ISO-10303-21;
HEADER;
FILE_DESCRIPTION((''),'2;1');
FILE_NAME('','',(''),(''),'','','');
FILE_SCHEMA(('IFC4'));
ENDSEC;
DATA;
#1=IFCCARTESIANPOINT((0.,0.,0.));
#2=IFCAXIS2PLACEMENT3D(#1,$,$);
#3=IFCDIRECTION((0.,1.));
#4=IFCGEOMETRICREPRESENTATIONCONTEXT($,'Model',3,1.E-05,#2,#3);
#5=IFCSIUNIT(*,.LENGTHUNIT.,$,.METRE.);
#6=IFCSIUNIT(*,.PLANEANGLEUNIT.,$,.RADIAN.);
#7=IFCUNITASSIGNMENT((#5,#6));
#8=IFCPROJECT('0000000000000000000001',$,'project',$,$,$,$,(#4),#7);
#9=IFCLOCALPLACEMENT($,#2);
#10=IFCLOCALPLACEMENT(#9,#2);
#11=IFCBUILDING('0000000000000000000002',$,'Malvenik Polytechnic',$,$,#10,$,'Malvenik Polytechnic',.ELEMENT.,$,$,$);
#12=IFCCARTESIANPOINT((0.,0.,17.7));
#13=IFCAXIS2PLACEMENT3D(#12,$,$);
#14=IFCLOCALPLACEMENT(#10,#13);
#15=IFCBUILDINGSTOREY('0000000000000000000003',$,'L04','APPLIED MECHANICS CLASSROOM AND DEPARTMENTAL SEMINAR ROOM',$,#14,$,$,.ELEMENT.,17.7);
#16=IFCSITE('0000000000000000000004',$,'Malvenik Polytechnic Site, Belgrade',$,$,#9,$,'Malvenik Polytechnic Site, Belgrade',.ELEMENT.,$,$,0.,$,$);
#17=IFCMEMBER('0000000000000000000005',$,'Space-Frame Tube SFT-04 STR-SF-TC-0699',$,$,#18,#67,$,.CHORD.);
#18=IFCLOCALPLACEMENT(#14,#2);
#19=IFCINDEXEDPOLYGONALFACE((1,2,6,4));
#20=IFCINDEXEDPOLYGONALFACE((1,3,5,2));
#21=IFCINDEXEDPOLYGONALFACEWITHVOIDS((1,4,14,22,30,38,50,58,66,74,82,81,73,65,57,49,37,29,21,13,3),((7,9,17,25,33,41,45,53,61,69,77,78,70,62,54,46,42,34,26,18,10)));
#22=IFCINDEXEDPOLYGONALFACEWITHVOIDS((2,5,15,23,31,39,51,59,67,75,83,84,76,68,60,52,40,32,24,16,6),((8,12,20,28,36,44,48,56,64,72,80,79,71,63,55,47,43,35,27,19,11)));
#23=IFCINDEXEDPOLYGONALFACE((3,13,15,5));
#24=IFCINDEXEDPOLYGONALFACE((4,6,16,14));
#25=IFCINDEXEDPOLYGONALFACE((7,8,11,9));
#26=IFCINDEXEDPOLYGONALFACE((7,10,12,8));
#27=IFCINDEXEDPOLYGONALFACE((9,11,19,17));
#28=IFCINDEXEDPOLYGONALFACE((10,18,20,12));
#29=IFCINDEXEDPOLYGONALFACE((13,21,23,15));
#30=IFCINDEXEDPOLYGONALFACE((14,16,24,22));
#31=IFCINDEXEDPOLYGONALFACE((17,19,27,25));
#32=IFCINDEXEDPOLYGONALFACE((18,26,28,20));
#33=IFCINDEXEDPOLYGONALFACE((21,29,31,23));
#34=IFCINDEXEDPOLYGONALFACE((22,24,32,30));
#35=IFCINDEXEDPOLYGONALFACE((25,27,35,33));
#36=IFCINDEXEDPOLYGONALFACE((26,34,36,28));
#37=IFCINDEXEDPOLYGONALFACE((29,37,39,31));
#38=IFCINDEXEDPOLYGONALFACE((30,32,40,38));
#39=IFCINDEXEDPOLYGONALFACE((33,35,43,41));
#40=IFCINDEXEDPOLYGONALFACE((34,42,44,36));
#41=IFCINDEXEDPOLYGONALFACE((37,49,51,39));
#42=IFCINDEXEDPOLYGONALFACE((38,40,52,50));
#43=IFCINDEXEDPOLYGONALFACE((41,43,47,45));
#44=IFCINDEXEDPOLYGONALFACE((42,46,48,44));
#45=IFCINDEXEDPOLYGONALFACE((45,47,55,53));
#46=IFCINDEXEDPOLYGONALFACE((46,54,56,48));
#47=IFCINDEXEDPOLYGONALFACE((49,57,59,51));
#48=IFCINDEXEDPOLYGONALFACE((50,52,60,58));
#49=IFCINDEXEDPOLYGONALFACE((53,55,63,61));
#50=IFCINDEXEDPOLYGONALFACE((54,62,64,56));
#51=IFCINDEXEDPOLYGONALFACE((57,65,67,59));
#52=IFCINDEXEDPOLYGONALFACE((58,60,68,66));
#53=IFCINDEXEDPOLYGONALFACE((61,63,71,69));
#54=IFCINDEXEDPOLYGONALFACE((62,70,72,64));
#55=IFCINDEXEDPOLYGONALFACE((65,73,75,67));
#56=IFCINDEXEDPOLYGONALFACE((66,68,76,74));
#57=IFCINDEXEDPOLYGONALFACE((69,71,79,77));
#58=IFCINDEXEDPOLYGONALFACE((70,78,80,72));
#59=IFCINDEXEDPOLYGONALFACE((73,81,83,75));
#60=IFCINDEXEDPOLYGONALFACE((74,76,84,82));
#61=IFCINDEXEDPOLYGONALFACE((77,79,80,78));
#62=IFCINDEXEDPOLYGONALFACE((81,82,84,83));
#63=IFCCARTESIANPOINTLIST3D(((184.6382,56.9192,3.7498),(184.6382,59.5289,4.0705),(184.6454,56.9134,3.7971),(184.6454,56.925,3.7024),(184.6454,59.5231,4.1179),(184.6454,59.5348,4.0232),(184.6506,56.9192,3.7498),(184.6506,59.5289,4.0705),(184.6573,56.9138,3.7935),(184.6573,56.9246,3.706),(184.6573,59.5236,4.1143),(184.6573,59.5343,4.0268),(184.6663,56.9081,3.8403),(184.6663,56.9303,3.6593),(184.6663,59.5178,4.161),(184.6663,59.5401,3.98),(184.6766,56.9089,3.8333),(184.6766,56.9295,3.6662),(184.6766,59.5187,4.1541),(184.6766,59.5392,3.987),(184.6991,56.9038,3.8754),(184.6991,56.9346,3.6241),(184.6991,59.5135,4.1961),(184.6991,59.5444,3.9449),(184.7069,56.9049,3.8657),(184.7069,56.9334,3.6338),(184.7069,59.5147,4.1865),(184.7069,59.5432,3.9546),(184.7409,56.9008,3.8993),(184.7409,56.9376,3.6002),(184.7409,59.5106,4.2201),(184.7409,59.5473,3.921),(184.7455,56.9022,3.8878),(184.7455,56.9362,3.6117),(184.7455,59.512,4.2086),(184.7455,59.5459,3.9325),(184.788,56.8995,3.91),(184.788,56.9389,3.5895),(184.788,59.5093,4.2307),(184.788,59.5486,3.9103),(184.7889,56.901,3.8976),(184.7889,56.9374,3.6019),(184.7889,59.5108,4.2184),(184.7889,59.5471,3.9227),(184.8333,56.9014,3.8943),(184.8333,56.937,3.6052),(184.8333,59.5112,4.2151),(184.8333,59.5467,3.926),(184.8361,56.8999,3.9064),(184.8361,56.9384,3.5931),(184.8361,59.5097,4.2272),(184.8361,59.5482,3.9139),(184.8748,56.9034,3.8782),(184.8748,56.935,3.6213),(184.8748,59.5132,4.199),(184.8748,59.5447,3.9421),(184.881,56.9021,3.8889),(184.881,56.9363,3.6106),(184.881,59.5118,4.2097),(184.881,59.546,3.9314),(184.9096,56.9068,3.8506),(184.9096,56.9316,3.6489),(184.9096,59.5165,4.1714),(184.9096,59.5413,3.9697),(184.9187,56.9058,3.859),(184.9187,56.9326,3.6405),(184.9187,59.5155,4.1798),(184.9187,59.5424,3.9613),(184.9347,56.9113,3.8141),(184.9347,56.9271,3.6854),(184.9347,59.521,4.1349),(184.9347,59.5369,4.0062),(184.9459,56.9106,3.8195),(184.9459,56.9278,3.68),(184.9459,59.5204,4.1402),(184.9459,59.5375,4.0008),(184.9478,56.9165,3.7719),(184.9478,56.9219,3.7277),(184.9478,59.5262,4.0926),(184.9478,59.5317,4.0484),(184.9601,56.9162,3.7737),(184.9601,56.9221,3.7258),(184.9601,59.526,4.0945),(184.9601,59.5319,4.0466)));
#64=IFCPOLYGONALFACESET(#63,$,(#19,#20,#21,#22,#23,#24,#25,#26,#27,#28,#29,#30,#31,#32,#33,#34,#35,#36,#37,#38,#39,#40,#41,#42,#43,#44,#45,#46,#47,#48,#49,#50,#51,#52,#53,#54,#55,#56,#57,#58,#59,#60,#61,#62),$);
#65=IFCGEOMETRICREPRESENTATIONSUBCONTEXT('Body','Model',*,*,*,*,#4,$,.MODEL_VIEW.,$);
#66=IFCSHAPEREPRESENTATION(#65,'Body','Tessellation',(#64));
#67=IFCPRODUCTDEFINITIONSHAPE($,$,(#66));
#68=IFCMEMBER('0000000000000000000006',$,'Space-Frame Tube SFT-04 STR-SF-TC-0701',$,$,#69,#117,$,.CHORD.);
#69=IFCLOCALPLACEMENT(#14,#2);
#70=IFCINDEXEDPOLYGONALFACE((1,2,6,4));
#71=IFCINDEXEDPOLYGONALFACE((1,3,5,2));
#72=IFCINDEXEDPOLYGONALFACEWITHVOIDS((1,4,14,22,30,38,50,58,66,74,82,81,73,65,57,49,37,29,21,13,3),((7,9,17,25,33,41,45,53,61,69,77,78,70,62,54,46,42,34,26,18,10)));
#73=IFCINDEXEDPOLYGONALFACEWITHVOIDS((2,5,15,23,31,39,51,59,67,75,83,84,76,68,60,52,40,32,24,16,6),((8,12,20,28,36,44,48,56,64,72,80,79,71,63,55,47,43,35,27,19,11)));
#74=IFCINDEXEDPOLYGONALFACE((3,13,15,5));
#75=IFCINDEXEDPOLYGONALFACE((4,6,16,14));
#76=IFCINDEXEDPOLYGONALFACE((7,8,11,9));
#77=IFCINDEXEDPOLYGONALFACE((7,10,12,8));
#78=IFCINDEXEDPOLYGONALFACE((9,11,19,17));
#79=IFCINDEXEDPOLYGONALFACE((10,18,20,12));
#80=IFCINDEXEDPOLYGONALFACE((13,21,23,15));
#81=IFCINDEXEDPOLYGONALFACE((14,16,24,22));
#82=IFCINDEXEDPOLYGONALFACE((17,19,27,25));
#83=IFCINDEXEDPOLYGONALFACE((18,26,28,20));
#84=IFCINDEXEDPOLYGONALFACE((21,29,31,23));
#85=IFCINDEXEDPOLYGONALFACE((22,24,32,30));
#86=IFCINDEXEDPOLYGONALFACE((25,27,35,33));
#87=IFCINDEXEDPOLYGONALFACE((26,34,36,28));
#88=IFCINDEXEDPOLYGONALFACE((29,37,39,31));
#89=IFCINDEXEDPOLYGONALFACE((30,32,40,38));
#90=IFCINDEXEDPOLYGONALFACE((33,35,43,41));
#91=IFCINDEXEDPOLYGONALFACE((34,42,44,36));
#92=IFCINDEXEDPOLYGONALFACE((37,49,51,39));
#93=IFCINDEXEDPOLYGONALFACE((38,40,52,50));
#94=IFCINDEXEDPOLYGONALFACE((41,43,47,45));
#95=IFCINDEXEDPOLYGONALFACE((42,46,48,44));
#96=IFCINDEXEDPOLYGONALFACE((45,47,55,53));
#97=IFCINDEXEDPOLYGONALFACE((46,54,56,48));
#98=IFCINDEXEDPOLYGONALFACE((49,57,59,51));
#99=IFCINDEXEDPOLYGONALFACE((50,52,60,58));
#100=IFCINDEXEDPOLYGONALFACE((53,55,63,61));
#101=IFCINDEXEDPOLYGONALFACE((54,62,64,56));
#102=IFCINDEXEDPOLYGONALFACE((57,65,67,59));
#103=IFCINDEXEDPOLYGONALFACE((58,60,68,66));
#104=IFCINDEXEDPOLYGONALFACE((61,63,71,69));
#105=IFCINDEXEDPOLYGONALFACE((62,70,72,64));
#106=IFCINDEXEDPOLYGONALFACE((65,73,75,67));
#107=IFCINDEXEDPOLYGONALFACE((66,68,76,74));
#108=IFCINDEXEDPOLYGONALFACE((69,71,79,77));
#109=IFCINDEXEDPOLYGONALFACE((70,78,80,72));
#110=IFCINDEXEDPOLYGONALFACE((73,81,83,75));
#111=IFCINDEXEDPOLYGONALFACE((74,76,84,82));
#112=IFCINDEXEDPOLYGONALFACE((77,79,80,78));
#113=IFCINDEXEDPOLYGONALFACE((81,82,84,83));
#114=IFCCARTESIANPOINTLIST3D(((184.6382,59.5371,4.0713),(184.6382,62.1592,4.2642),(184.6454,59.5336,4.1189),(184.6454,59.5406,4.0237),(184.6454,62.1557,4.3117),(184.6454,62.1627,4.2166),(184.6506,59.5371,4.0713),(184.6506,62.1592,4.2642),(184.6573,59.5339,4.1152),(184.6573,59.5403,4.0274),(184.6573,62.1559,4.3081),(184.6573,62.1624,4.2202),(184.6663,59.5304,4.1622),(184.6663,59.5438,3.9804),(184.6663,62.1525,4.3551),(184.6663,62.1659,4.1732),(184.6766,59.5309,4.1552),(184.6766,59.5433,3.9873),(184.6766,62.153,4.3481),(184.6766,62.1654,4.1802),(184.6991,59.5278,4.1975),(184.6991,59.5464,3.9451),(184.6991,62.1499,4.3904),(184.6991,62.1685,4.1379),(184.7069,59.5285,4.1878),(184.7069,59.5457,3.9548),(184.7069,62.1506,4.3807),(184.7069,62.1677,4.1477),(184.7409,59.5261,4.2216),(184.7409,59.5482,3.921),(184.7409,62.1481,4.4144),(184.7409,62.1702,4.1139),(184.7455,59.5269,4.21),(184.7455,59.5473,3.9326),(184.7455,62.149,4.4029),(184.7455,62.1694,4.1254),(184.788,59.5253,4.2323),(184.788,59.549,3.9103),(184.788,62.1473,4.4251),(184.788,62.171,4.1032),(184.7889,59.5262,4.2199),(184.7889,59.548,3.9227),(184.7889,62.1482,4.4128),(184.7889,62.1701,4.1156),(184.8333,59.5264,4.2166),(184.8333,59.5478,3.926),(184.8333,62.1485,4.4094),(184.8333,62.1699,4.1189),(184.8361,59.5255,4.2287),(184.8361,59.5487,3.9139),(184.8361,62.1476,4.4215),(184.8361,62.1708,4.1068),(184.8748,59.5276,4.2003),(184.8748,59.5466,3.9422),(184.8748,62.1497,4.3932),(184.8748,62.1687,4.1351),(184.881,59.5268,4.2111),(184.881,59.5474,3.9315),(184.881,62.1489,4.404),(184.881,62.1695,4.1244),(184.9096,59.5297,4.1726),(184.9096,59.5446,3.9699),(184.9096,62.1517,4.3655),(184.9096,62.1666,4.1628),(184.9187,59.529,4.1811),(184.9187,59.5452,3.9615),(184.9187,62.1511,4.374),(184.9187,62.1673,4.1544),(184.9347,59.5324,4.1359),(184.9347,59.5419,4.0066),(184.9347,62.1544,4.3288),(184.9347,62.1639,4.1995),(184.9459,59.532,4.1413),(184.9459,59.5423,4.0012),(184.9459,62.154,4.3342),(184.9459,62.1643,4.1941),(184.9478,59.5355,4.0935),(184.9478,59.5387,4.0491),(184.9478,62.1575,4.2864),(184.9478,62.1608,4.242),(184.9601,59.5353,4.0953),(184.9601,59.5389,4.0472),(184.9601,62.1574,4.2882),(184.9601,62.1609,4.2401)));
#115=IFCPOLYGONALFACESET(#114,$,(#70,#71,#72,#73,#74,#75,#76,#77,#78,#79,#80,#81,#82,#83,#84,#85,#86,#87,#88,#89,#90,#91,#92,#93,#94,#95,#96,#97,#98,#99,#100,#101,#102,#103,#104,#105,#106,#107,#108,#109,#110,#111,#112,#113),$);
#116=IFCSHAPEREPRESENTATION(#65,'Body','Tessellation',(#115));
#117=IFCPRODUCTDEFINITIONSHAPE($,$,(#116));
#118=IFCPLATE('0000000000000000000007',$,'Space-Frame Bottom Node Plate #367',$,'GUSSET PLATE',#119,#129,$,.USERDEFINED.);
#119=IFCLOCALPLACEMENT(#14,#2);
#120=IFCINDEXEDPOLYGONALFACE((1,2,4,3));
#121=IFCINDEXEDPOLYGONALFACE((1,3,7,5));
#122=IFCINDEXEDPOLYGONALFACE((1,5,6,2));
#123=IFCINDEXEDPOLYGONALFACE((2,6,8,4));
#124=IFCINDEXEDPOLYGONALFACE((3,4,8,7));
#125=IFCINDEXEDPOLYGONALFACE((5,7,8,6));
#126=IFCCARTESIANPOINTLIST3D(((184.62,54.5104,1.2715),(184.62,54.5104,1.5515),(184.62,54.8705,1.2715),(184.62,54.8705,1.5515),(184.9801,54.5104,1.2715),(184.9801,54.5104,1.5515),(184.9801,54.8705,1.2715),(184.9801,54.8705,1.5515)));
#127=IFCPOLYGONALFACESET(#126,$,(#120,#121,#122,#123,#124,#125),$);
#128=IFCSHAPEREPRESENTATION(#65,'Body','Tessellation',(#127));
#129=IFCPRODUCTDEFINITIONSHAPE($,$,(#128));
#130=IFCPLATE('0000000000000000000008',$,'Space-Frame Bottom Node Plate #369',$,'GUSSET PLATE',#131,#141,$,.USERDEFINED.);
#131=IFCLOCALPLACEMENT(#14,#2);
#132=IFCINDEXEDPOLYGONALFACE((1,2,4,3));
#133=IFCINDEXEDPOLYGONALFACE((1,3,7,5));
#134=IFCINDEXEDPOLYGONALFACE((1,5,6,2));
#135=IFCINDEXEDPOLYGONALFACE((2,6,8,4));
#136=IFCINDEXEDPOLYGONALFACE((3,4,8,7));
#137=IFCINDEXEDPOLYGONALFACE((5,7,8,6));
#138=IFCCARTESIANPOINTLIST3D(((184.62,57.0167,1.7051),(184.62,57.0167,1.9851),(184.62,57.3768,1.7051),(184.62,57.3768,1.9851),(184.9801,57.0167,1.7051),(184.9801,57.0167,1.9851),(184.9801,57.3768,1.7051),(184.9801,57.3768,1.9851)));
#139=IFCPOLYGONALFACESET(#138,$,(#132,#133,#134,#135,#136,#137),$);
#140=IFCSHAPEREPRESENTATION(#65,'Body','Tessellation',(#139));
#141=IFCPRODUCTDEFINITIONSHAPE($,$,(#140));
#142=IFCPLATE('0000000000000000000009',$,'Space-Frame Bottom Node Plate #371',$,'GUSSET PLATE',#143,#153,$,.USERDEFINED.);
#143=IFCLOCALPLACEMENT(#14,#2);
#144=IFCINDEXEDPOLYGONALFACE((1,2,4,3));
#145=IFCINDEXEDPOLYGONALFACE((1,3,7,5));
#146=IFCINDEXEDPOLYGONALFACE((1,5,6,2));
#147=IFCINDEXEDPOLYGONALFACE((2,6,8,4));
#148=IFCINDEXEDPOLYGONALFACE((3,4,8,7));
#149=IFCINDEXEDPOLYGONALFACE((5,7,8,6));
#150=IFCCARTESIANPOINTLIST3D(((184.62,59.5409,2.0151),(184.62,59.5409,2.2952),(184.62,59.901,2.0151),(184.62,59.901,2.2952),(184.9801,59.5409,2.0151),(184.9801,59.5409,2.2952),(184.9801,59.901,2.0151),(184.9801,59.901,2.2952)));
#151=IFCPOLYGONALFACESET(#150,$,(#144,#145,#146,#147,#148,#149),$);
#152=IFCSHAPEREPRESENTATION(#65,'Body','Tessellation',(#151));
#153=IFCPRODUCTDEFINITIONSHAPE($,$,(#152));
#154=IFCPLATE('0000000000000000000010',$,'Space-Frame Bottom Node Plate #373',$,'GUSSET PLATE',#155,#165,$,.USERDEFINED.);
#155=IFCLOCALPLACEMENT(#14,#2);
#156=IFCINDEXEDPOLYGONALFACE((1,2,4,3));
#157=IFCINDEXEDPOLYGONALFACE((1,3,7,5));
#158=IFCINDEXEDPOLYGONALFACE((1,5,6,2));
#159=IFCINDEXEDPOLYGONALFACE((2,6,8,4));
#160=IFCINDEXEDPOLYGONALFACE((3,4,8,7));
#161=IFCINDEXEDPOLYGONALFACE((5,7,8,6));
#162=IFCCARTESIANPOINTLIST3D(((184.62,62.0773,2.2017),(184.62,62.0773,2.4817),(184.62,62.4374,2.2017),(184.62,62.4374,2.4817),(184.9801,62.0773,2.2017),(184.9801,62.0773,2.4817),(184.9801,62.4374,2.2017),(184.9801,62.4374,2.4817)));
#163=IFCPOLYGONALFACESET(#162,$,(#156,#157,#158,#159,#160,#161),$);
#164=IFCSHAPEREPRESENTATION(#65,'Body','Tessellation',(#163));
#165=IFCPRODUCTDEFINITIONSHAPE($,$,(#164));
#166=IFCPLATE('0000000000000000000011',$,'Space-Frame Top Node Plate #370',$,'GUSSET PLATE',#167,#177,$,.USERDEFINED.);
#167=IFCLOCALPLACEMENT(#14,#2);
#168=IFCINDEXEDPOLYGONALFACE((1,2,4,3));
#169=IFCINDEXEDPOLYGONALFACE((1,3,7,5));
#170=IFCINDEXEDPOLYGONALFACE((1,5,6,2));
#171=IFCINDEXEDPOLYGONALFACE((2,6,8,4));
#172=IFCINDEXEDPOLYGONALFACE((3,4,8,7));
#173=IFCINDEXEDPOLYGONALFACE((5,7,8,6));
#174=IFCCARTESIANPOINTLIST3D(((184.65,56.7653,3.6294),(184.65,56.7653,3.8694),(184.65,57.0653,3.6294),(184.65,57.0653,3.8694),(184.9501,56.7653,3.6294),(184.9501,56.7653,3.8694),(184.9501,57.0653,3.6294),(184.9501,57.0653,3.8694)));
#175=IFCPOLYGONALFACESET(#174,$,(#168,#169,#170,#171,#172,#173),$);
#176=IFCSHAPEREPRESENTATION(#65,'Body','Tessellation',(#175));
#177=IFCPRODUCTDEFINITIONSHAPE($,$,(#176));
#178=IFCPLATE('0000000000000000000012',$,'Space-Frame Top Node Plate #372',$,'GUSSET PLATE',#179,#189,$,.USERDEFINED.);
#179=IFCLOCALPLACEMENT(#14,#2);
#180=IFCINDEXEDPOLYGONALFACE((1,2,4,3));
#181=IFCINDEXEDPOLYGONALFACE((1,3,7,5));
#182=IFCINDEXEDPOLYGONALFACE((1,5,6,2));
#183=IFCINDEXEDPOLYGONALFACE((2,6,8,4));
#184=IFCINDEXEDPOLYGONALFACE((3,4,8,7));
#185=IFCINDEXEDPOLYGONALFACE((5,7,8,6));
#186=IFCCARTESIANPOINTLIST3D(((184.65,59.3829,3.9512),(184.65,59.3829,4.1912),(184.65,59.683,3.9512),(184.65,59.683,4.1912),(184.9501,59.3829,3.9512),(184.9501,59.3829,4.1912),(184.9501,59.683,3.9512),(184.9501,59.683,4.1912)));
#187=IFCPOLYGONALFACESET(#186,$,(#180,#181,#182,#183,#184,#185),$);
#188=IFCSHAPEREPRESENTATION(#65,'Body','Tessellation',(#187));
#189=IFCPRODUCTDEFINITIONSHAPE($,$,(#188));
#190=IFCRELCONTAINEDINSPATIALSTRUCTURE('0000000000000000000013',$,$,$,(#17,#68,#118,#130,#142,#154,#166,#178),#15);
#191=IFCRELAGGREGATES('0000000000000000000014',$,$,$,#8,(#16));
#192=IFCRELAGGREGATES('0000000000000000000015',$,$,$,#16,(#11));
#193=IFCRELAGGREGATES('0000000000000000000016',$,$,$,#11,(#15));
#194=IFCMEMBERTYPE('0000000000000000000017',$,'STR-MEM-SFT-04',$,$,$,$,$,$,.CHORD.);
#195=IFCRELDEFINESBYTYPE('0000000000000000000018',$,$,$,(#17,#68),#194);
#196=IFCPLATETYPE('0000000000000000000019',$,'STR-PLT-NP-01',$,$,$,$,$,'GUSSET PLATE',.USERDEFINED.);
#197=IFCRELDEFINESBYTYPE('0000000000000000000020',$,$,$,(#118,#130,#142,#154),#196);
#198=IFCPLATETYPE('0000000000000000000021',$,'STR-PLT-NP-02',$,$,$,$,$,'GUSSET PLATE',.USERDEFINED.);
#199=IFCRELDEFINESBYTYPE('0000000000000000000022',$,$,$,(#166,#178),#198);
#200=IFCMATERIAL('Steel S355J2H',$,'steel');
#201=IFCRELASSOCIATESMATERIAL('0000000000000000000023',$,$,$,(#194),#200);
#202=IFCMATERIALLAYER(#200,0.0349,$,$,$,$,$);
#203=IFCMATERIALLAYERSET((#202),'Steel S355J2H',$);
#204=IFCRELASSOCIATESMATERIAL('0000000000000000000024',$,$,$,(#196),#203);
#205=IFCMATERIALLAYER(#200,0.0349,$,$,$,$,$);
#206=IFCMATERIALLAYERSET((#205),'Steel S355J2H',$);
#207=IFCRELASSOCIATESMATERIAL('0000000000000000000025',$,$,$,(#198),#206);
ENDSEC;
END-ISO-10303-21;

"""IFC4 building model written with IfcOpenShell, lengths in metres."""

from ifc_helpers import new_model, si_unit, direction, frame, origin, origin_2d, place, context, subcontext, project, spatial, rectangle, hollow_circle, extrude, material, layer, layer_set, material_profile, profile_set, type_object, element, save


model = new_model("IFC4")

# Units and contexts
model_context = context("Model", 3, precision=1e-05, world=origin(), true_north=direction((0.0, 1.0)))
body_context = subcontext(model_context, "Body", "Model", "MODEL_VIEW")
ifc_project = project(units=[si_unit("LENGTHUNIT", "METRE"), si_unit("PLANEANGLEUNIT", "RADIAN")], contexts=[model_context])

# Site, building, storey
site_placement = place(None, origin())
site = spatial("IfcSite", under=ifc_project, at=site_placement, Name="Malvenik Polytechnic Site, Belgrade", LongName="Malvenik Polytechnic Site, Belgrade", CompositionType="ELEMENT", RefElevation=0.0)
building_placement = place(site_placement, origin())
building = spatial("IfcBuilding", under=site, at=building_placement, Name="Malvenik Polytechnic", LongName="Malvenik Polytechnic", CompositionType="ELEMENT")
storey_placement = place(building_placement, frame((0.0, 0.0, 17.7)))
storey = spatial("IfcBuildingStorey", under=building, at=storey_placement, Name="L04", Description="APPLIED MECHANICS CLASSROOM AND DEPARTMENTAL SEMINAR ROOM", CompositionType="ELEMENT", Elevation=17.7)

# Members
ifc_material_1 = material(Name="Steel S355J2H", Category="steel")
ifc_material_profile_1 = material_profile(ifc_material_1, hollow_circle(Radius=0.1619, WallThickness=0.0125, at=origin_2d()), Name="CHS 323.9x12.5")
ifc_profile_set_1 = profile_set([ifc_material_profile_1], Name="Steel S355J2H")
member_type_1 = type_object("IfcMemberType", Name="STR-MEM-SFT-04", PredefinedType="CHORD", material=ifc_profile_set_1)
member_1_placement = place(storey_placement, frame((184.8, 56.9192, 3.7498), z_axis=(0.0, 0.99253, 0.122), x_axis=(-1.0, 0.0, 0.0)))
element("IfcMember", 1, at=member_1_placement, inside=storey, type_object=member_type_1, Name="Space-Frame Tube SFT-04 STR-SF-TC-0699", PredefinedType="CHORD", context=body_context, shape_type="SweptSolid", body=[
    extrude(hollow_circle(Radius=0.1619, WallThickness=0.0125, at=origin_2d()), origin(), (0.0, 0.0, 1.0), 2.6294),
])
member_2_placement = place(storey_placement, frame((184.8, 59.5371, 4.0713), z_axis=(0.0, 0.997306, 0.073359), x_axis=(-1.0, 0.0, 0.0)))
element("IfcMember", 2, at=member_2_placement, inside=storey, type_object=member_type_1, Name="Space-Frame Tube SFT-04 STR-SF-TC-0701", PredefinedType="CHORD", context=body_context, shape_type="SweptSolid", body=[
    extrude(hollow_circle(Radius=0.1619, WallThickness=0.0125, at=origin_2d()), origin(), (0.0, 0.0, 1.0), 2.6292),
])

# Plates
ifc_layer_1 = layer(ifc_material_1, 0.0349)
ifc_layer_set_1 = layer_set([ifc_layer_1], Name="Steel S355J2H")
plate_type_1 = type_object("IfcPlateType", Name="STR-PLT-NP-01", ElementType="GUSSET PLATE", PredefinedType="USERDEFINED", material=ifc_layer_set_1)
for number, where, z_axis, x_axis, name in (
    (3, (184.8, 54.6904, 1.2715), (0.0, 0.0, 1.0), (1.0, 0.0, 0.0), "Space-Frame Bottom Node Plate #367"),
    (4, (184.8, 57.1968, 1.7051), (0.0, 0.0, 1.0), (1.0, 0.0, 0.0), "Space-Frame Bottom Node Plate #369"),
    (5, (184.8, 59.7209, 2.0151), (0.0, 0.0, 1.0), (1.0, 0.0, 0.0), "Space-Frame Bottom Node Plate #371"),
    (6, (184.8, 62.2573, 2.2017), (0.0, 0.0, 1.0), (1.0, 0.0, 0.0), "Space-Frame Bottom Node Plate #373"),
):
    element("IfcPlate", number, at=place(storey_placement, frame(where, z_axis=z_axis, x_axis=x_axis)), inside=storey, type_object=plate_type_1, Name=name, ObjectType="GUSSET PLATE", PredefinedType="USERDEFINED", context=body_context, shape_type="SweptSolid", body=[
        extrude(rectangle(XDim=0.3601, YDim=0.3601, at=origin_2d()), origin(), (0.0, 0.0, 1.0), 0.28),
    ])
ifc_layer_2 = layer(ifc_material_1, 0.0349)
ifc_layer_set_2 = layer_set([ifc_layer_2], Name="Steel S355J2H")
plate_type_2 = type_object("IfcPlateType", Name="STR-PLT-NP-02", ElementType="GUSSET PLATE", PredefinedType="USERDEFINED", material=ifc_layer_set_2)
for number, where, z_axis, x_axis, name in (
    (7, (184.8, 56.9153, 3.6294), (0.0, 0.0, 1.0), (1.0, 0.0, 0.0), "Space-Frame Top Node Plate #370"),
    (8, (184.8, 59.533, 3.9512), (0.0, 0.0, 1.0), (1.0, 0.0, 0.0), "Space-Frame Top Node Plate #372"),
):
    element("IfcPlate", number, at=place(storey_placement, frame(where, z_axis=z_axis, x_axis=x_axis)), inside=storey, type_object=plate_type_2, Name=name, ObjectType="GUSSET PLATE", PredefinedType="USERDEFINED", context=body_context, shape_type="SweptSolid", body=[
        extrude(rectangle(XDim=0.3, YDim=0.3, at=origin_2d()), origin(), (0.0, 0.0, 1.0), 0.24),
    ])

save(model, "model.ifc")
